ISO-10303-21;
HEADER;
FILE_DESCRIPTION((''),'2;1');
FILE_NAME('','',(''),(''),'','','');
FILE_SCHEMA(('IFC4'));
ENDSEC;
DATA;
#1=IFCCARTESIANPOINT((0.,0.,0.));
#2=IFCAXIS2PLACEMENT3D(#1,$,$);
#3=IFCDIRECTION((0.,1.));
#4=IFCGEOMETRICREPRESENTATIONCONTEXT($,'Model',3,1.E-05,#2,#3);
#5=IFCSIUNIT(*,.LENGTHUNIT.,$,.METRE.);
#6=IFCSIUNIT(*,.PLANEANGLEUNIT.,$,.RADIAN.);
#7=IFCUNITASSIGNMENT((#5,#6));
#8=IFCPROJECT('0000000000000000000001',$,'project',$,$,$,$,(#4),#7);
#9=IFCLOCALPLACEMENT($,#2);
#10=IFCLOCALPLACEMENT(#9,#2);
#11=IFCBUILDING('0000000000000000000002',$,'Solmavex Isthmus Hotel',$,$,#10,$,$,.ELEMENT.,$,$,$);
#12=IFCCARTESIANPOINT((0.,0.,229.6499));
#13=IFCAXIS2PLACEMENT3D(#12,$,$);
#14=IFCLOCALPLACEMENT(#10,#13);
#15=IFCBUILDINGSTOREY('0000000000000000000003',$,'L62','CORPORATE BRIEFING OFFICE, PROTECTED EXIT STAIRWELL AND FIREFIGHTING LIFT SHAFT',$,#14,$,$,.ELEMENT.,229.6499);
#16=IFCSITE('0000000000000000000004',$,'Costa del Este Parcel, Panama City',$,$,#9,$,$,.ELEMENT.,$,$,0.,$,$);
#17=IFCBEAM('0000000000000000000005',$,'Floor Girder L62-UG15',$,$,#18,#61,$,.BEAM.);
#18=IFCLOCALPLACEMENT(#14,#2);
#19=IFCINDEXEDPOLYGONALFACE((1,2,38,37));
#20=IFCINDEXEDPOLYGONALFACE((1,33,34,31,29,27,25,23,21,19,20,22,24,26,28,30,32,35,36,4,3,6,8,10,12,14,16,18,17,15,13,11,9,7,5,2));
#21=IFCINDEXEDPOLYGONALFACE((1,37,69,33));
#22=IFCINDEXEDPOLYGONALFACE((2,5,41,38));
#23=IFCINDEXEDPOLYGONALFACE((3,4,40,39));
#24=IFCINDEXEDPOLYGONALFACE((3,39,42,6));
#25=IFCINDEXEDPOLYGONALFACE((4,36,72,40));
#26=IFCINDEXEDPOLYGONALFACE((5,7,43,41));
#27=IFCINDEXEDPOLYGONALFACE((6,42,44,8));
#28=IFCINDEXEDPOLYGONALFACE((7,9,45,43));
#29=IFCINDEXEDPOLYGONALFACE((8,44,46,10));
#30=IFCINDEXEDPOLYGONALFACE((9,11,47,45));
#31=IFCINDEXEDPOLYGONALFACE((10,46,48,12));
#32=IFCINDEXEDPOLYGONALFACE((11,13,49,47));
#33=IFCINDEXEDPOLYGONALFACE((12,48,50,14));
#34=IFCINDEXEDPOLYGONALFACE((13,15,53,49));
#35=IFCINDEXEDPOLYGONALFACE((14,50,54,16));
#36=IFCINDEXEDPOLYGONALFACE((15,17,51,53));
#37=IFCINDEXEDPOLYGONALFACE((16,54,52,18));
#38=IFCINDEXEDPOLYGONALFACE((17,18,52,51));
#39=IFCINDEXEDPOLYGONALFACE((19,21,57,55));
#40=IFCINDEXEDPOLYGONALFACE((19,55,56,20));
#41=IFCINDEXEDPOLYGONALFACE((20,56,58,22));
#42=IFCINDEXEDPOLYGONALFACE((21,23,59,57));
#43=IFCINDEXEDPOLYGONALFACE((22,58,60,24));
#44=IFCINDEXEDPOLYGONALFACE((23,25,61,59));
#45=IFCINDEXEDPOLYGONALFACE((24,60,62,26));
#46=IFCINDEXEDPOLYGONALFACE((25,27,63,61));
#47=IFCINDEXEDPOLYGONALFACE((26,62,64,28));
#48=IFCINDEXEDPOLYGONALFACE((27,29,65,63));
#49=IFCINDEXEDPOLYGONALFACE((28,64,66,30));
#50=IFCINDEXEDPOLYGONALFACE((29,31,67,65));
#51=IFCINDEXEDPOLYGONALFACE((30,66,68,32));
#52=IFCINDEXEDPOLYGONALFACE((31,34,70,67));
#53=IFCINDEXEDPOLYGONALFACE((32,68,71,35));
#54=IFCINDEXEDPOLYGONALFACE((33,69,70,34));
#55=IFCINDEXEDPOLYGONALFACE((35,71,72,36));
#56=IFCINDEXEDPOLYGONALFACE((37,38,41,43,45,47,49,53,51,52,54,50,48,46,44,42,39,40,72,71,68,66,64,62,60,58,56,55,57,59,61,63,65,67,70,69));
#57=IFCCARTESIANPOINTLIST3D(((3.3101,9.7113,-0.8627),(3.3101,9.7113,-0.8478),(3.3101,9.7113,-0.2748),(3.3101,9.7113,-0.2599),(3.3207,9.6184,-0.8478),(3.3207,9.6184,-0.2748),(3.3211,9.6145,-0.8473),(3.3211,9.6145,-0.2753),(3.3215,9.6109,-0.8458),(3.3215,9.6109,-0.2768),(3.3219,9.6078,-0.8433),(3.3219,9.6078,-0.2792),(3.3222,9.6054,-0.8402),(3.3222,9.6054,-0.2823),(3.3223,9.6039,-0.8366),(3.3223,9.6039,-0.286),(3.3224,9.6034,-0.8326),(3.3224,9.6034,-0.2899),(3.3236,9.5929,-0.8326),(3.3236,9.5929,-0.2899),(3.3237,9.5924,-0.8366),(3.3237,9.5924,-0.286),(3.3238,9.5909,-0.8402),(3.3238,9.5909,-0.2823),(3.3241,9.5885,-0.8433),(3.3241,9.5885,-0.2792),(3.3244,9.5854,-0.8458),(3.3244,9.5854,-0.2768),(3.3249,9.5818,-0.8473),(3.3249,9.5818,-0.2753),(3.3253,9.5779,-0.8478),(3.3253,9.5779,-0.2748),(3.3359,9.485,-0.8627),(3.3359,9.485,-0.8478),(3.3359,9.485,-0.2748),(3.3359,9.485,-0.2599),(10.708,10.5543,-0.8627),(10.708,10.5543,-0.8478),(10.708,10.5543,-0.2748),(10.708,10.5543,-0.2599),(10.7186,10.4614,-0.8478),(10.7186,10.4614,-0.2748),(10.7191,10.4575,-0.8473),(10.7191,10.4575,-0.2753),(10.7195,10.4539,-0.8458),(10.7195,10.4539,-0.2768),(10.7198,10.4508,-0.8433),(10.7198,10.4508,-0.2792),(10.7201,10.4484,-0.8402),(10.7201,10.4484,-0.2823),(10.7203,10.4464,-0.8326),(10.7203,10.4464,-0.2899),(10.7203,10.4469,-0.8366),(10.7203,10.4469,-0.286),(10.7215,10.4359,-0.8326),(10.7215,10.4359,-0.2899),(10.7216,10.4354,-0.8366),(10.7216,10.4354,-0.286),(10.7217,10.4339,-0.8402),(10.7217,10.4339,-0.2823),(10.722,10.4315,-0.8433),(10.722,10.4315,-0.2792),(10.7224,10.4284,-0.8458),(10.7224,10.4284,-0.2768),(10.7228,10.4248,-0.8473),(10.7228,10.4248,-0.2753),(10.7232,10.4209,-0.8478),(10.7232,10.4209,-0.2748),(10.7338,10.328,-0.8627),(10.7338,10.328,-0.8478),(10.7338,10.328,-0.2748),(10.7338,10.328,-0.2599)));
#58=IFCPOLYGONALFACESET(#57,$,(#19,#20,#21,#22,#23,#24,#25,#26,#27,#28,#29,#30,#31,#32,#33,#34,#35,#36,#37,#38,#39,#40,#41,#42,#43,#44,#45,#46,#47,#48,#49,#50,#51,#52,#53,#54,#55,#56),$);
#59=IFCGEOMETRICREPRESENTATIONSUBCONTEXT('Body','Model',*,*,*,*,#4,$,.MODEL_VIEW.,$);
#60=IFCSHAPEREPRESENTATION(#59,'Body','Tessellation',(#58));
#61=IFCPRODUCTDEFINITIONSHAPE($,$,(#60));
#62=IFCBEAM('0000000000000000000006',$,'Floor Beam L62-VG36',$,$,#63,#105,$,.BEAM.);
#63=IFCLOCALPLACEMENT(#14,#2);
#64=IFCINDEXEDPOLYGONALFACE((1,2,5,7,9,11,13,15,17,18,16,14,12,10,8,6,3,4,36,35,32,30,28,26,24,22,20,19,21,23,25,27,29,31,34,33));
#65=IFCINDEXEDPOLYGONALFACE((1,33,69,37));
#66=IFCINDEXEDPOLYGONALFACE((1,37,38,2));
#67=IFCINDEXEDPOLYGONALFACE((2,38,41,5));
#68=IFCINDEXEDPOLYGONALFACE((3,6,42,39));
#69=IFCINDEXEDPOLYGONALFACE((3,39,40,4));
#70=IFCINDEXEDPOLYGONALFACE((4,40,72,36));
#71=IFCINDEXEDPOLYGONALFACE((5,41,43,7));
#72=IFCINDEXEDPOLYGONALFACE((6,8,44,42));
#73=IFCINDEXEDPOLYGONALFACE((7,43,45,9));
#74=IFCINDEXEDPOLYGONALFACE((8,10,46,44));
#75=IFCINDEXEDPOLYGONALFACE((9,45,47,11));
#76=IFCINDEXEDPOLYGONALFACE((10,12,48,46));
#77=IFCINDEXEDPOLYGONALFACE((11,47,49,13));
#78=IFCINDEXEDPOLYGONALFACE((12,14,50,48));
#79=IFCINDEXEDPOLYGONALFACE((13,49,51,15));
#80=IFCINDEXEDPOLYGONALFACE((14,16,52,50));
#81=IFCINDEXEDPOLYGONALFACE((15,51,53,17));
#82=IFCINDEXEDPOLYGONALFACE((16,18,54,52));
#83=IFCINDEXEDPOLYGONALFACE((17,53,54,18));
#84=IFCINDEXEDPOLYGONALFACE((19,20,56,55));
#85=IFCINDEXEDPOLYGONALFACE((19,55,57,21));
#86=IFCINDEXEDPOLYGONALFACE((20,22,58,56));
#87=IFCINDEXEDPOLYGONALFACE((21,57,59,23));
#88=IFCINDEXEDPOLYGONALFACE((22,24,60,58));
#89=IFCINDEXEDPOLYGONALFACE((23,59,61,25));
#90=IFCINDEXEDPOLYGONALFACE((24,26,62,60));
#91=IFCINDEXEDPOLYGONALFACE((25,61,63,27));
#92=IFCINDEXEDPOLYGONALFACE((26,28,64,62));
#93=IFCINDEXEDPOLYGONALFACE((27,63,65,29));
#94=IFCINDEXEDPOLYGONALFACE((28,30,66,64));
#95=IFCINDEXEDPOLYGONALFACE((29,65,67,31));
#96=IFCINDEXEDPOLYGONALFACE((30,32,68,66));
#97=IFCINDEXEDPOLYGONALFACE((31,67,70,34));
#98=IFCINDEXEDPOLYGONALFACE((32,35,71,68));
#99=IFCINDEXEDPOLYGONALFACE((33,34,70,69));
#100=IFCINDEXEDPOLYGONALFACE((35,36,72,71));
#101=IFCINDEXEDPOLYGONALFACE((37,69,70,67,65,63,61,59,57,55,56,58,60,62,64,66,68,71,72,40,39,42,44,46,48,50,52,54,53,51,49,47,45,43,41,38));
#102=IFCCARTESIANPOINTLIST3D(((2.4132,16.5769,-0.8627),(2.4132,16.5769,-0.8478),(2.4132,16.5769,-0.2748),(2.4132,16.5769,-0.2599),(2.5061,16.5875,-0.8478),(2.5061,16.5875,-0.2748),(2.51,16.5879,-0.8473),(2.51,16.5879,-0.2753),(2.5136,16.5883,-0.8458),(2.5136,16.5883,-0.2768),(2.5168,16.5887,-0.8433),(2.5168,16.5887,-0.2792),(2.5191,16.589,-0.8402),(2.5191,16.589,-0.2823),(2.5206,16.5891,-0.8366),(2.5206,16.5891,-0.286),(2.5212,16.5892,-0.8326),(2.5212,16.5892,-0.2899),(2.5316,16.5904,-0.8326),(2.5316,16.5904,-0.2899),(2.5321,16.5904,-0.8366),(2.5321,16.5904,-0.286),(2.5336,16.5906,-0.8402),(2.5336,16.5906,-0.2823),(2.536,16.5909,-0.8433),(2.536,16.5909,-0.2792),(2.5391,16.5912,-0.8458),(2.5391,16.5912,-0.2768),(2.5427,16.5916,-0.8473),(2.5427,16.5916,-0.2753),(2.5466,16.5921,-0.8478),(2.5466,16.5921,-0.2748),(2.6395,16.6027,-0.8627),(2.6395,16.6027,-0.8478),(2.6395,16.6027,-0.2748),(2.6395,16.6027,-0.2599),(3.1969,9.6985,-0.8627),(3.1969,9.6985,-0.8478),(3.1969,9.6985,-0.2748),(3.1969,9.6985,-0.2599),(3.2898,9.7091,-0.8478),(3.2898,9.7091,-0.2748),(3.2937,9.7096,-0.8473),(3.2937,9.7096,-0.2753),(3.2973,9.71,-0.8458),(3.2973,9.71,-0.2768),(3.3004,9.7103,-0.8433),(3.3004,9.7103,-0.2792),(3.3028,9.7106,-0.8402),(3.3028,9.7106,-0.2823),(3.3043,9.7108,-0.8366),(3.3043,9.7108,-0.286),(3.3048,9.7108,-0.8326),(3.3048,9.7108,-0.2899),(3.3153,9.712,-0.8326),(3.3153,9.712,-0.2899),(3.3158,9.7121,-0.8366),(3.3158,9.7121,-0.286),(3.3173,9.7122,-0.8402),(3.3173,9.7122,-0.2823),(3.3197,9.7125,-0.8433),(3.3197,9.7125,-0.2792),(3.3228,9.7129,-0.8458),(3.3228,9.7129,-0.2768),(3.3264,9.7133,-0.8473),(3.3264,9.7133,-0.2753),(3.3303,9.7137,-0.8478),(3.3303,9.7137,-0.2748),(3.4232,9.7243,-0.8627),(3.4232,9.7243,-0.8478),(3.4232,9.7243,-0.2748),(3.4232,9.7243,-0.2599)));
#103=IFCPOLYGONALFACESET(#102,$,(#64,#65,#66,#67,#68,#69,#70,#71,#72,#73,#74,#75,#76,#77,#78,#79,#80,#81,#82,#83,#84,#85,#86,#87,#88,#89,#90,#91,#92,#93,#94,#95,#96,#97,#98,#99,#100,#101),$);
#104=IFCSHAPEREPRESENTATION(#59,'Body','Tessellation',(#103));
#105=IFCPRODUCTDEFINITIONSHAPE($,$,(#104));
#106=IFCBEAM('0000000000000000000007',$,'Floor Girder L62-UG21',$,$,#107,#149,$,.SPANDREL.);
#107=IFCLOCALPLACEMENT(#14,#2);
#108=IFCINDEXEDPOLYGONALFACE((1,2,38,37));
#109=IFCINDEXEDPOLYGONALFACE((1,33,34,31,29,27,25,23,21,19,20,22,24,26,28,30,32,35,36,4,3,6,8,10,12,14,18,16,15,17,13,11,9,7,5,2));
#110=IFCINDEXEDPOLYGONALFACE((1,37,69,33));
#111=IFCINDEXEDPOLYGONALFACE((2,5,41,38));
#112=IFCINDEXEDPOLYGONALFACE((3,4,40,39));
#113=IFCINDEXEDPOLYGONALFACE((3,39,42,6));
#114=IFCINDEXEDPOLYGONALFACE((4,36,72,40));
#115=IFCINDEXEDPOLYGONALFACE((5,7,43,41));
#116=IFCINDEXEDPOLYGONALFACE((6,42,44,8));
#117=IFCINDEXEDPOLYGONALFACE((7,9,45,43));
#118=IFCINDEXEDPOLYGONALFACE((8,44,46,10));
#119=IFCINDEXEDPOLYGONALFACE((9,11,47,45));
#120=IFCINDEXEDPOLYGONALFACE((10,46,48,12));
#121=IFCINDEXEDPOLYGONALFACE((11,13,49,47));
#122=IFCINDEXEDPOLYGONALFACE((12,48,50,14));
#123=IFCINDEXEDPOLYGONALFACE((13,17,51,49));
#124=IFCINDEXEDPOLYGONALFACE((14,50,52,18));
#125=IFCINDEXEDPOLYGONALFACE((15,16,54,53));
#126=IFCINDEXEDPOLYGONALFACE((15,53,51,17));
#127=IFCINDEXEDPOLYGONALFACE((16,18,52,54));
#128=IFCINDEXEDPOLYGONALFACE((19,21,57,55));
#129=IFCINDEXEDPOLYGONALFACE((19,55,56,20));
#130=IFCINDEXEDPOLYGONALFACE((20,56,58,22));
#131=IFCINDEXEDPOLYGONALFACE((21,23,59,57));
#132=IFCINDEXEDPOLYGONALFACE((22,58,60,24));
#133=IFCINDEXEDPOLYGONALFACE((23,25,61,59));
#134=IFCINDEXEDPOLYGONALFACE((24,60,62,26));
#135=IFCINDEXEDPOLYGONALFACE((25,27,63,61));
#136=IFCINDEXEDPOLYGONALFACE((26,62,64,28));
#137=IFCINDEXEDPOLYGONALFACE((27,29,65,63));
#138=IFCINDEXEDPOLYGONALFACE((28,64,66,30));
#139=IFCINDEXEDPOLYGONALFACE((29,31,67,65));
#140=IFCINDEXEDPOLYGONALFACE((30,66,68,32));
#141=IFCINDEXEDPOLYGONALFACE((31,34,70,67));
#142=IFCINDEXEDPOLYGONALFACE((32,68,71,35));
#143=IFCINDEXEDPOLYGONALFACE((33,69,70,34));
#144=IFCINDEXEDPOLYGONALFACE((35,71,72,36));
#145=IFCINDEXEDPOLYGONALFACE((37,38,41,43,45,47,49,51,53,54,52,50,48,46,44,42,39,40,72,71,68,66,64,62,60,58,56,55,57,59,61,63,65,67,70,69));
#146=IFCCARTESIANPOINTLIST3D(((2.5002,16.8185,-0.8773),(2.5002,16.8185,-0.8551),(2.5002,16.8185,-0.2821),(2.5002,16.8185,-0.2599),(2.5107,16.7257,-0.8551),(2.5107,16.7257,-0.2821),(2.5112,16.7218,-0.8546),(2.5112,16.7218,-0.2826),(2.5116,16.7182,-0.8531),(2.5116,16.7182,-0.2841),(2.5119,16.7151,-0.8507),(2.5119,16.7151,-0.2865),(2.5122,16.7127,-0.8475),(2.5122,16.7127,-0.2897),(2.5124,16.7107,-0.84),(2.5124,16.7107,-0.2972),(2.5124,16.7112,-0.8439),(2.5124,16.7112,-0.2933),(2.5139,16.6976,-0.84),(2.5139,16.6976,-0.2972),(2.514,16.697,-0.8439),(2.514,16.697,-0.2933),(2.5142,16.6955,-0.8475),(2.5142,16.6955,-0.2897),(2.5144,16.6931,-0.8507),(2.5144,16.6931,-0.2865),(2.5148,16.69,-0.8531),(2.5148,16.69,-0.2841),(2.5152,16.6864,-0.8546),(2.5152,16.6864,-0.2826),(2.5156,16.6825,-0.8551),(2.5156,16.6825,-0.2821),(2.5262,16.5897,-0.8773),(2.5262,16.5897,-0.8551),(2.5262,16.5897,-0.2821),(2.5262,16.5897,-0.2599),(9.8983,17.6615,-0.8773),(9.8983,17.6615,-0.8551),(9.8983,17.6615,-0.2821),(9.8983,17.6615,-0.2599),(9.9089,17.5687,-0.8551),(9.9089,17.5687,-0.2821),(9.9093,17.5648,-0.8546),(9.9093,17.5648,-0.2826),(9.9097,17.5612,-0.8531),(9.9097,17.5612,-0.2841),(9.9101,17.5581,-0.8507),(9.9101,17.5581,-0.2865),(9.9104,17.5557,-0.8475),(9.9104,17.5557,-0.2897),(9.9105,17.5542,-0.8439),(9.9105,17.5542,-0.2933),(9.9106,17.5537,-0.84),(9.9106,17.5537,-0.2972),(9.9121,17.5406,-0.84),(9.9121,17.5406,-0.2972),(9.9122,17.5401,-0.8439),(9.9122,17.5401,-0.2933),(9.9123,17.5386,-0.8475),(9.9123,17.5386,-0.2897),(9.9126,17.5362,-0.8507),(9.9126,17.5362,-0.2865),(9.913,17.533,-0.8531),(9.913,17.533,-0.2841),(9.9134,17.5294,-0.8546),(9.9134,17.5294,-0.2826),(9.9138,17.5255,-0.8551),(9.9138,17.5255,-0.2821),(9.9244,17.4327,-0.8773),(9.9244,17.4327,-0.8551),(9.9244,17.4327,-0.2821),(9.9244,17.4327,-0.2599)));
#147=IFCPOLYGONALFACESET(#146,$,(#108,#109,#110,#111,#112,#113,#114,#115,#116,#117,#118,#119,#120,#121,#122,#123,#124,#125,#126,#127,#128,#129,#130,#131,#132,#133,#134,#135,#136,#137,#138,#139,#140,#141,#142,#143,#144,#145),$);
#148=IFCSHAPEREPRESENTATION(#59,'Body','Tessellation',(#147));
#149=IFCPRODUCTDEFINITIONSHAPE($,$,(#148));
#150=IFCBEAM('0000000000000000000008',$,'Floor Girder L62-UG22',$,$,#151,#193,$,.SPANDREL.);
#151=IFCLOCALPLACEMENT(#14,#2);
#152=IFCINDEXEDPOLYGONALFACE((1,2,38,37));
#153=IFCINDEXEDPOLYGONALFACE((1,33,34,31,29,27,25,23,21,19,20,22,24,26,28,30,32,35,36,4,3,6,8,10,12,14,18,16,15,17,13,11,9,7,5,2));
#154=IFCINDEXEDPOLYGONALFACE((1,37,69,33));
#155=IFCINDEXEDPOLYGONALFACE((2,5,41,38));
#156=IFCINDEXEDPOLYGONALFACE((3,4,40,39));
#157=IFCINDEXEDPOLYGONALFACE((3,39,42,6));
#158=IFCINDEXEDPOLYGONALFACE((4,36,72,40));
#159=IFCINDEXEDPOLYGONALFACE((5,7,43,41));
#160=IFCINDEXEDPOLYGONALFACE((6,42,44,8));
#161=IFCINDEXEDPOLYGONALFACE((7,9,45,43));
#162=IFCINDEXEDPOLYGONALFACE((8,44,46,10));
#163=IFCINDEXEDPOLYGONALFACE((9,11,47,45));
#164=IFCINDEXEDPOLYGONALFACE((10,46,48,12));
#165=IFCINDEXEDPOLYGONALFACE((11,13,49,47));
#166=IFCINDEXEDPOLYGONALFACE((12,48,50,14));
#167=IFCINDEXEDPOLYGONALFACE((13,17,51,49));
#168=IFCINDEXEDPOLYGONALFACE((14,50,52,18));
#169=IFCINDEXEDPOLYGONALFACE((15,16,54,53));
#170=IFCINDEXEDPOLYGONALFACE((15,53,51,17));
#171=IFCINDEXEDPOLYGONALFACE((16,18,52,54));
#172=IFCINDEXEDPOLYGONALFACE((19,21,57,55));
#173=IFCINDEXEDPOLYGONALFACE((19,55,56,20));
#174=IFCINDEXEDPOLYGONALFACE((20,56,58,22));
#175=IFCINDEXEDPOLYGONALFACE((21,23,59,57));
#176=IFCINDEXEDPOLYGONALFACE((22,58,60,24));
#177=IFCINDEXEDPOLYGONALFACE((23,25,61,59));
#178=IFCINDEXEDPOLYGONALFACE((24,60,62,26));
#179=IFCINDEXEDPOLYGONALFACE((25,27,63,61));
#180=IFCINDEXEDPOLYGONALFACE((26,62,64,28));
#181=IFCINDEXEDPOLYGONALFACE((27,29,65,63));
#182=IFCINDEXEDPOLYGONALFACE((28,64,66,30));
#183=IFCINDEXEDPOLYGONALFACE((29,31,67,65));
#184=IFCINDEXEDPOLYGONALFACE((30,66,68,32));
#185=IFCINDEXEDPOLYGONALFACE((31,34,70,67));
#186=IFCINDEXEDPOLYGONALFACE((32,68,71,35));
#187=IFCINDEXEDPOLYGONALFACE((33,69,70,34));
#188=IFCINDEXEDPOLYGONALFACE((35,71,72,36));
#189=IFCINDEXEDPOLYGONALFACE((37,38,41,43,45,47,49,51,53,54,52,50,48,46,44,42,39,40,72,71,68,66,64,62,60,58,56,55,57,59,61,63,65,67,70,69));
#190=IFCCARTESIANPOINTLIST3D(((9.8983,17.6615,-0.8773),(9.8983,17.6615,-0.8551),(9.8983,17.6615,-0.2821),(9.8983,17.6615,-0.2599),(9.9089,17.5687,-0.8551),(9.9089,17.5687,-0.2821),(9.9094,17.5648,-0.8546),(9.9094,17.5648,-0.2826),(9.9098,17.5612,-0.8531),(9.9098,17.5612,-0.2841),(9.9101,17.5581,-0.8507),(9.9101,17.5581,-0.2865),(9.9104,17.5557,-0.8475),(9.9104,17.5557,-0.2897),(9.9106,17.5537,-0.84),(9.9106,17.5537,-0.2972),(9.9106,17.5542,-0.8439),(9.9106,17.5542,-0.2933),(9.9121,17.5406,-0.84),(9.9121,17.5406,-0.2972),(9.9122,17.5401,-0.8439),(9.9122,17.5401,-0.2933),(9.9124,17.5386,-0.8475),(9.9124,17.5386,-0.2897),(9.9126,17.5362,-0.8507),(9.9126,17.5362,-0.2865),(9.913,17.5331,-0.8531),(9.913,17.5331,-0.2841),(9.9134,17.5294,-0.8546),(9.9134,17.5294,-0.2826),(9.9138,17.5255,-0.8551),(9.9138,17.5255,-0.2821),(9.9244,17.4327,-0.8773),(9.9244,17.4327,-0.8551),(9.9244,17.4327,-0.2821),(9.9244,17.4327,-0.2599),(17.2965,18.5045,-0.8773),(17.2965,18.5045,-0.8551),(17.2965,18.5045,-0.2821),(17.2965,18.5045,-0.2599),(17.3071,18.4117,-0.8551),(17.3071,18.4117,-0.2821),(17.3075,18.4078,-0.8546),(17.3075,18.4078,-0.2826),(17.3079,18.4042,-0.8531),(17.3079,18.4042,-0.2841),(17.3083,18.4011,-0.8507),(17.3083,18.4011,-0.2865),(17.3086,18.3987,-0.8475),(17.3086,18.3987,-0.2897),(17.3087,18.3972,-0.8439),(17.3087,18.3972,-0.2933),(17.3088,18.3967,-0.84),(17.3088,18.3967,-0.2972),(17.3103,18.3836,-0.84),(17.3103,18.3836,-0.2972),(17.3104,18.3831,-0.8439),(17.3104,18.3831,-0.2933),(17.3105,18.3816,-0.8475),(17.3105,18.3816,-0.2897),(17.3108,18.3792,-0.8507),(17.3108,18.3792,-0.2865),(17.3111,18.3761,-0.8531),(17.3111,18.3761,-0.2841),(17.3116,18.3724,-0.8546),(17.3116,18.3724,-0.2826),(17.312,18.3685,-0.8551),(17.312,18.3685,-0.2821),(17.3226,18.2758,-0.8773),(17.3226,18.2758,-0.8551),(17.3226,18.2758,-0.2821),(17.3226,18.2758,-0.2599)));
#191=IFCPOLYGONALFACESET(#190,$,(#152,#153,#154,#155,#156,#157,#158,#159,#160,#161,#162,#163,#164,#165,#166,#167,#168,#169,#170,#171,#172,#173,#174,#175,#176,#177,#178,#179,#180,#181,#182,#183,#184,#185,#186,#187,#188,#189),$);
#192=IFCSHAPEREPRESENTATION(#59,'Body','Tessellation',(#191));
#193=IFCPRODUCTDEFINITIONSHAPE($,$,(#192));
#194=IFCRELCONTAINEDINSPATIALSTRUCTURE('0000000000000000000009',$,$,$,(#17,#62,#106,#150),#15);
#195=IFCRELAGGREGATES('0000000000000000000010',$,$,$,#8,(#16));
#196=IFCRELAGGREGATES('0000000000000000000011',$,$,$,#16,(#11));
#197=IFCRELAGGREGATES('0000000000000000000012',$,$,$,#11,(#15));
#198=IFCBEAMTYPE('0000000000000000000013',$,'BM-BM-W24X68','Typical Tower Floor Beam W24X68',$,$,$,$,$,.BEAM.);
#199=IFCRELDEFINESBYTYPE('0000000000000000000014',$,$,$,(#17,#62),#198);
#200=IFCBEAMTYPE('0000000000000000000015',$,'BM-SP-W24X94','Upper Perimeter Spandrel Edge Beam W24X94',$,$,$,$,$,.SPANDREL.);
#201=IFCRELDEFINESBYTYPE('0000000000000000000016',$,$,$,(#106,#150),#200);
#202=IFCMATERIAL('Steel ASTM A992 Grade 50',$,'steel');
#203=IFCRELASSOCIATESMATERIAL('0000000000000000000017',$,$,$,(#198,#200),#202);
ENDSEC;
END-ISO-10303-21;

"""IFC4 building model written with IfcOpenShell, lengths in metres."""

from ifc_helpers import new_model, si_unit, direction, frame, origin, origin_2d, place, context, subcontext, project, spatial, i_section, extrude, material, material_profile, profile_set, type_object, element, save


model = new_model("IFC4")

# Units and contexts
model_context = context("Model", 3, precision=1e-05, world=origin(), true_north=direction((0.0, 1.0)))
body_context = subcontext(model_context, "Body", "Model", "MODEL_VIEW")
ifc_project = project(units=[si_unit("LENGTHUNIT", "METRE"), si_unit("PLANEANGLEUNIT", "RADIAN")], contexts=[model_context])

# Site, building, storey
site_placement = place(None, origin())
site = spatial("IfcSite", under=ifc_project, at=site_placement, Name="Costa del Este Parcel, Panama City", CompositionType="ELEMENT", RefElevation=0.0)
building_placement = place(site_placement, origin())
building = spatial("IfcBuilding", under=site, at=building_placement, Name="Solmavex Isthmus Hotel", CompositionType="ELEMENT")
storey_placement = place(building_placement, frame((0.0, 0.0, 229.6499)))
storey = spatial("IfcBuildingStorey", under=building, at=storey_placement, Name="L62", Description="CORPORATE BRIEFING OFFICE, PROTECTED EXIT STAIRWELL AND FIREFIGHTING LIFT SHAFT", CompositionType="ELEMENT", Elevation=229.6499)

# Beams
ifc_material_1 = material(Name="Steel ASTM A992 Grade 50", Category="steel")
ifc_material_profile_1 = material_profile(ifc_material_1, i_section(OverallWidth=0.2278, OverallDepth=0.6028, WebThickness=0.0105, FlangeThickness=0.0149, FilletRadius=0.0151, at=origin_2d()), Name="W24X68")
ifc_profile_set_1 = profile_set([ifc_material_profile_1], Name="Steel ASTM A992 Grade 50")
beam_type_1 = type_object("IfcBeamType", Name="BM-BM-W24X68", Description="Typical Tower Floor Beam W24X68", PredefinedType="BEAM", material=ifc_profile_set_1)
beam_1_placement = place(storey_placement, frame((3.323, 9.5981, -0.5613), z_axis=(0.99357, 0.11322, 0.0), x_axis=(-0.11322, 0.99357, 0.0)))
element("IfcBeam", 1, at=beam_1_placement, inside=storey, type_object=beam_type_1, Name="Floor Girder L62-UG15", PredefinedType="BEAM", context=body_context, shape_type="SweptSolid", body=[
    extrude(i_section(OverallWidth=0.2278, OverallDepth=0.6028, WebThickness=0.0105, FlangeThickness=0.0149, FilletRadius=0.0151, at=origin_2d()), origin(), (0.0, 0.0, 1.0), 7.4458),
])
beam_2_placement = place(storey_placement, frame((3.3101, 9.7114, -0.5613), z_axis=(-0.113202, 0.993572, 0.0), x_axis=(-0.993572, -0.113202, 0.0)))
element("IfcBeam", 2, at=beam_2_placement, inside=storey, type_object=beam_type_1, Name="Floor Beam L62-VG36", PredefinedType="BEAM", context=body_context, shape_type="SweptSolid", body=[
    extrude(i_section(OverallWidth=0.2278, OverallDepth=0.6028, WebThickness=0.0105, FlangeThickness=0.0149, FilletRadius=0.0151, at=origin_2d()), origin(), (0.0, 0.0, 1.0), 6.9229),
])
ifc_material_profile_2 = material_profile(ifc_material_1, i_section(OverallWidth=0.2302, OverallDepth=0.6174, WebThickness=0.0132, FlangeThickness=0.0222, FilletRadius=0.0151, at=origin_2d()), Name="W24X94")
ifc_profile_set_2 = profile_set([ifc_material_profile_2], Name="Steel ASTM A992 Grade 50")
beam_type_2 = type_object("IfcBeamType", Name="BM-SP-W24X94", Description="Upper Perimeter Spandrel Edge Beam W24X94", PredefinedType="SPANDREL", material=ifc_profile_set_2)
for number, where, z_axis, x_axis, name in (
    (3, (2.5132, 16.7041, -0.5686), (0.99357, 0.113216, 0.0), (-0.113216, 0.99357, 0.0), "Floor Girder L62-UG21"),
    (4, (9.9114, 17.5471, -0.5686), (0.99357, 0.113216, 0.0), (-0.113216, 0.99357, 0.0), "Floor Girder L62-UG22"),
):
    element("IfcBeam", number, at=place(storey_placement, frame(where, z_axis=z_axis, x_axis=x_axis)), inside=storey, type_object=beam_type_2, Name=name, PredefinedType="SPANDREL", context=body_context, shape_type="SweptSolid", body=[
        extrude(i_section(OverallWidth=0.2302, OverallDepth=0.6174, WebThickness=0.0132, FlangeThickness=0.0222, FilletRadius=0.0151, at=origin_2d()), origin(), (0.0, 0.0, 1.0), 7.446),
    ])

save(model, "model.ifc")
